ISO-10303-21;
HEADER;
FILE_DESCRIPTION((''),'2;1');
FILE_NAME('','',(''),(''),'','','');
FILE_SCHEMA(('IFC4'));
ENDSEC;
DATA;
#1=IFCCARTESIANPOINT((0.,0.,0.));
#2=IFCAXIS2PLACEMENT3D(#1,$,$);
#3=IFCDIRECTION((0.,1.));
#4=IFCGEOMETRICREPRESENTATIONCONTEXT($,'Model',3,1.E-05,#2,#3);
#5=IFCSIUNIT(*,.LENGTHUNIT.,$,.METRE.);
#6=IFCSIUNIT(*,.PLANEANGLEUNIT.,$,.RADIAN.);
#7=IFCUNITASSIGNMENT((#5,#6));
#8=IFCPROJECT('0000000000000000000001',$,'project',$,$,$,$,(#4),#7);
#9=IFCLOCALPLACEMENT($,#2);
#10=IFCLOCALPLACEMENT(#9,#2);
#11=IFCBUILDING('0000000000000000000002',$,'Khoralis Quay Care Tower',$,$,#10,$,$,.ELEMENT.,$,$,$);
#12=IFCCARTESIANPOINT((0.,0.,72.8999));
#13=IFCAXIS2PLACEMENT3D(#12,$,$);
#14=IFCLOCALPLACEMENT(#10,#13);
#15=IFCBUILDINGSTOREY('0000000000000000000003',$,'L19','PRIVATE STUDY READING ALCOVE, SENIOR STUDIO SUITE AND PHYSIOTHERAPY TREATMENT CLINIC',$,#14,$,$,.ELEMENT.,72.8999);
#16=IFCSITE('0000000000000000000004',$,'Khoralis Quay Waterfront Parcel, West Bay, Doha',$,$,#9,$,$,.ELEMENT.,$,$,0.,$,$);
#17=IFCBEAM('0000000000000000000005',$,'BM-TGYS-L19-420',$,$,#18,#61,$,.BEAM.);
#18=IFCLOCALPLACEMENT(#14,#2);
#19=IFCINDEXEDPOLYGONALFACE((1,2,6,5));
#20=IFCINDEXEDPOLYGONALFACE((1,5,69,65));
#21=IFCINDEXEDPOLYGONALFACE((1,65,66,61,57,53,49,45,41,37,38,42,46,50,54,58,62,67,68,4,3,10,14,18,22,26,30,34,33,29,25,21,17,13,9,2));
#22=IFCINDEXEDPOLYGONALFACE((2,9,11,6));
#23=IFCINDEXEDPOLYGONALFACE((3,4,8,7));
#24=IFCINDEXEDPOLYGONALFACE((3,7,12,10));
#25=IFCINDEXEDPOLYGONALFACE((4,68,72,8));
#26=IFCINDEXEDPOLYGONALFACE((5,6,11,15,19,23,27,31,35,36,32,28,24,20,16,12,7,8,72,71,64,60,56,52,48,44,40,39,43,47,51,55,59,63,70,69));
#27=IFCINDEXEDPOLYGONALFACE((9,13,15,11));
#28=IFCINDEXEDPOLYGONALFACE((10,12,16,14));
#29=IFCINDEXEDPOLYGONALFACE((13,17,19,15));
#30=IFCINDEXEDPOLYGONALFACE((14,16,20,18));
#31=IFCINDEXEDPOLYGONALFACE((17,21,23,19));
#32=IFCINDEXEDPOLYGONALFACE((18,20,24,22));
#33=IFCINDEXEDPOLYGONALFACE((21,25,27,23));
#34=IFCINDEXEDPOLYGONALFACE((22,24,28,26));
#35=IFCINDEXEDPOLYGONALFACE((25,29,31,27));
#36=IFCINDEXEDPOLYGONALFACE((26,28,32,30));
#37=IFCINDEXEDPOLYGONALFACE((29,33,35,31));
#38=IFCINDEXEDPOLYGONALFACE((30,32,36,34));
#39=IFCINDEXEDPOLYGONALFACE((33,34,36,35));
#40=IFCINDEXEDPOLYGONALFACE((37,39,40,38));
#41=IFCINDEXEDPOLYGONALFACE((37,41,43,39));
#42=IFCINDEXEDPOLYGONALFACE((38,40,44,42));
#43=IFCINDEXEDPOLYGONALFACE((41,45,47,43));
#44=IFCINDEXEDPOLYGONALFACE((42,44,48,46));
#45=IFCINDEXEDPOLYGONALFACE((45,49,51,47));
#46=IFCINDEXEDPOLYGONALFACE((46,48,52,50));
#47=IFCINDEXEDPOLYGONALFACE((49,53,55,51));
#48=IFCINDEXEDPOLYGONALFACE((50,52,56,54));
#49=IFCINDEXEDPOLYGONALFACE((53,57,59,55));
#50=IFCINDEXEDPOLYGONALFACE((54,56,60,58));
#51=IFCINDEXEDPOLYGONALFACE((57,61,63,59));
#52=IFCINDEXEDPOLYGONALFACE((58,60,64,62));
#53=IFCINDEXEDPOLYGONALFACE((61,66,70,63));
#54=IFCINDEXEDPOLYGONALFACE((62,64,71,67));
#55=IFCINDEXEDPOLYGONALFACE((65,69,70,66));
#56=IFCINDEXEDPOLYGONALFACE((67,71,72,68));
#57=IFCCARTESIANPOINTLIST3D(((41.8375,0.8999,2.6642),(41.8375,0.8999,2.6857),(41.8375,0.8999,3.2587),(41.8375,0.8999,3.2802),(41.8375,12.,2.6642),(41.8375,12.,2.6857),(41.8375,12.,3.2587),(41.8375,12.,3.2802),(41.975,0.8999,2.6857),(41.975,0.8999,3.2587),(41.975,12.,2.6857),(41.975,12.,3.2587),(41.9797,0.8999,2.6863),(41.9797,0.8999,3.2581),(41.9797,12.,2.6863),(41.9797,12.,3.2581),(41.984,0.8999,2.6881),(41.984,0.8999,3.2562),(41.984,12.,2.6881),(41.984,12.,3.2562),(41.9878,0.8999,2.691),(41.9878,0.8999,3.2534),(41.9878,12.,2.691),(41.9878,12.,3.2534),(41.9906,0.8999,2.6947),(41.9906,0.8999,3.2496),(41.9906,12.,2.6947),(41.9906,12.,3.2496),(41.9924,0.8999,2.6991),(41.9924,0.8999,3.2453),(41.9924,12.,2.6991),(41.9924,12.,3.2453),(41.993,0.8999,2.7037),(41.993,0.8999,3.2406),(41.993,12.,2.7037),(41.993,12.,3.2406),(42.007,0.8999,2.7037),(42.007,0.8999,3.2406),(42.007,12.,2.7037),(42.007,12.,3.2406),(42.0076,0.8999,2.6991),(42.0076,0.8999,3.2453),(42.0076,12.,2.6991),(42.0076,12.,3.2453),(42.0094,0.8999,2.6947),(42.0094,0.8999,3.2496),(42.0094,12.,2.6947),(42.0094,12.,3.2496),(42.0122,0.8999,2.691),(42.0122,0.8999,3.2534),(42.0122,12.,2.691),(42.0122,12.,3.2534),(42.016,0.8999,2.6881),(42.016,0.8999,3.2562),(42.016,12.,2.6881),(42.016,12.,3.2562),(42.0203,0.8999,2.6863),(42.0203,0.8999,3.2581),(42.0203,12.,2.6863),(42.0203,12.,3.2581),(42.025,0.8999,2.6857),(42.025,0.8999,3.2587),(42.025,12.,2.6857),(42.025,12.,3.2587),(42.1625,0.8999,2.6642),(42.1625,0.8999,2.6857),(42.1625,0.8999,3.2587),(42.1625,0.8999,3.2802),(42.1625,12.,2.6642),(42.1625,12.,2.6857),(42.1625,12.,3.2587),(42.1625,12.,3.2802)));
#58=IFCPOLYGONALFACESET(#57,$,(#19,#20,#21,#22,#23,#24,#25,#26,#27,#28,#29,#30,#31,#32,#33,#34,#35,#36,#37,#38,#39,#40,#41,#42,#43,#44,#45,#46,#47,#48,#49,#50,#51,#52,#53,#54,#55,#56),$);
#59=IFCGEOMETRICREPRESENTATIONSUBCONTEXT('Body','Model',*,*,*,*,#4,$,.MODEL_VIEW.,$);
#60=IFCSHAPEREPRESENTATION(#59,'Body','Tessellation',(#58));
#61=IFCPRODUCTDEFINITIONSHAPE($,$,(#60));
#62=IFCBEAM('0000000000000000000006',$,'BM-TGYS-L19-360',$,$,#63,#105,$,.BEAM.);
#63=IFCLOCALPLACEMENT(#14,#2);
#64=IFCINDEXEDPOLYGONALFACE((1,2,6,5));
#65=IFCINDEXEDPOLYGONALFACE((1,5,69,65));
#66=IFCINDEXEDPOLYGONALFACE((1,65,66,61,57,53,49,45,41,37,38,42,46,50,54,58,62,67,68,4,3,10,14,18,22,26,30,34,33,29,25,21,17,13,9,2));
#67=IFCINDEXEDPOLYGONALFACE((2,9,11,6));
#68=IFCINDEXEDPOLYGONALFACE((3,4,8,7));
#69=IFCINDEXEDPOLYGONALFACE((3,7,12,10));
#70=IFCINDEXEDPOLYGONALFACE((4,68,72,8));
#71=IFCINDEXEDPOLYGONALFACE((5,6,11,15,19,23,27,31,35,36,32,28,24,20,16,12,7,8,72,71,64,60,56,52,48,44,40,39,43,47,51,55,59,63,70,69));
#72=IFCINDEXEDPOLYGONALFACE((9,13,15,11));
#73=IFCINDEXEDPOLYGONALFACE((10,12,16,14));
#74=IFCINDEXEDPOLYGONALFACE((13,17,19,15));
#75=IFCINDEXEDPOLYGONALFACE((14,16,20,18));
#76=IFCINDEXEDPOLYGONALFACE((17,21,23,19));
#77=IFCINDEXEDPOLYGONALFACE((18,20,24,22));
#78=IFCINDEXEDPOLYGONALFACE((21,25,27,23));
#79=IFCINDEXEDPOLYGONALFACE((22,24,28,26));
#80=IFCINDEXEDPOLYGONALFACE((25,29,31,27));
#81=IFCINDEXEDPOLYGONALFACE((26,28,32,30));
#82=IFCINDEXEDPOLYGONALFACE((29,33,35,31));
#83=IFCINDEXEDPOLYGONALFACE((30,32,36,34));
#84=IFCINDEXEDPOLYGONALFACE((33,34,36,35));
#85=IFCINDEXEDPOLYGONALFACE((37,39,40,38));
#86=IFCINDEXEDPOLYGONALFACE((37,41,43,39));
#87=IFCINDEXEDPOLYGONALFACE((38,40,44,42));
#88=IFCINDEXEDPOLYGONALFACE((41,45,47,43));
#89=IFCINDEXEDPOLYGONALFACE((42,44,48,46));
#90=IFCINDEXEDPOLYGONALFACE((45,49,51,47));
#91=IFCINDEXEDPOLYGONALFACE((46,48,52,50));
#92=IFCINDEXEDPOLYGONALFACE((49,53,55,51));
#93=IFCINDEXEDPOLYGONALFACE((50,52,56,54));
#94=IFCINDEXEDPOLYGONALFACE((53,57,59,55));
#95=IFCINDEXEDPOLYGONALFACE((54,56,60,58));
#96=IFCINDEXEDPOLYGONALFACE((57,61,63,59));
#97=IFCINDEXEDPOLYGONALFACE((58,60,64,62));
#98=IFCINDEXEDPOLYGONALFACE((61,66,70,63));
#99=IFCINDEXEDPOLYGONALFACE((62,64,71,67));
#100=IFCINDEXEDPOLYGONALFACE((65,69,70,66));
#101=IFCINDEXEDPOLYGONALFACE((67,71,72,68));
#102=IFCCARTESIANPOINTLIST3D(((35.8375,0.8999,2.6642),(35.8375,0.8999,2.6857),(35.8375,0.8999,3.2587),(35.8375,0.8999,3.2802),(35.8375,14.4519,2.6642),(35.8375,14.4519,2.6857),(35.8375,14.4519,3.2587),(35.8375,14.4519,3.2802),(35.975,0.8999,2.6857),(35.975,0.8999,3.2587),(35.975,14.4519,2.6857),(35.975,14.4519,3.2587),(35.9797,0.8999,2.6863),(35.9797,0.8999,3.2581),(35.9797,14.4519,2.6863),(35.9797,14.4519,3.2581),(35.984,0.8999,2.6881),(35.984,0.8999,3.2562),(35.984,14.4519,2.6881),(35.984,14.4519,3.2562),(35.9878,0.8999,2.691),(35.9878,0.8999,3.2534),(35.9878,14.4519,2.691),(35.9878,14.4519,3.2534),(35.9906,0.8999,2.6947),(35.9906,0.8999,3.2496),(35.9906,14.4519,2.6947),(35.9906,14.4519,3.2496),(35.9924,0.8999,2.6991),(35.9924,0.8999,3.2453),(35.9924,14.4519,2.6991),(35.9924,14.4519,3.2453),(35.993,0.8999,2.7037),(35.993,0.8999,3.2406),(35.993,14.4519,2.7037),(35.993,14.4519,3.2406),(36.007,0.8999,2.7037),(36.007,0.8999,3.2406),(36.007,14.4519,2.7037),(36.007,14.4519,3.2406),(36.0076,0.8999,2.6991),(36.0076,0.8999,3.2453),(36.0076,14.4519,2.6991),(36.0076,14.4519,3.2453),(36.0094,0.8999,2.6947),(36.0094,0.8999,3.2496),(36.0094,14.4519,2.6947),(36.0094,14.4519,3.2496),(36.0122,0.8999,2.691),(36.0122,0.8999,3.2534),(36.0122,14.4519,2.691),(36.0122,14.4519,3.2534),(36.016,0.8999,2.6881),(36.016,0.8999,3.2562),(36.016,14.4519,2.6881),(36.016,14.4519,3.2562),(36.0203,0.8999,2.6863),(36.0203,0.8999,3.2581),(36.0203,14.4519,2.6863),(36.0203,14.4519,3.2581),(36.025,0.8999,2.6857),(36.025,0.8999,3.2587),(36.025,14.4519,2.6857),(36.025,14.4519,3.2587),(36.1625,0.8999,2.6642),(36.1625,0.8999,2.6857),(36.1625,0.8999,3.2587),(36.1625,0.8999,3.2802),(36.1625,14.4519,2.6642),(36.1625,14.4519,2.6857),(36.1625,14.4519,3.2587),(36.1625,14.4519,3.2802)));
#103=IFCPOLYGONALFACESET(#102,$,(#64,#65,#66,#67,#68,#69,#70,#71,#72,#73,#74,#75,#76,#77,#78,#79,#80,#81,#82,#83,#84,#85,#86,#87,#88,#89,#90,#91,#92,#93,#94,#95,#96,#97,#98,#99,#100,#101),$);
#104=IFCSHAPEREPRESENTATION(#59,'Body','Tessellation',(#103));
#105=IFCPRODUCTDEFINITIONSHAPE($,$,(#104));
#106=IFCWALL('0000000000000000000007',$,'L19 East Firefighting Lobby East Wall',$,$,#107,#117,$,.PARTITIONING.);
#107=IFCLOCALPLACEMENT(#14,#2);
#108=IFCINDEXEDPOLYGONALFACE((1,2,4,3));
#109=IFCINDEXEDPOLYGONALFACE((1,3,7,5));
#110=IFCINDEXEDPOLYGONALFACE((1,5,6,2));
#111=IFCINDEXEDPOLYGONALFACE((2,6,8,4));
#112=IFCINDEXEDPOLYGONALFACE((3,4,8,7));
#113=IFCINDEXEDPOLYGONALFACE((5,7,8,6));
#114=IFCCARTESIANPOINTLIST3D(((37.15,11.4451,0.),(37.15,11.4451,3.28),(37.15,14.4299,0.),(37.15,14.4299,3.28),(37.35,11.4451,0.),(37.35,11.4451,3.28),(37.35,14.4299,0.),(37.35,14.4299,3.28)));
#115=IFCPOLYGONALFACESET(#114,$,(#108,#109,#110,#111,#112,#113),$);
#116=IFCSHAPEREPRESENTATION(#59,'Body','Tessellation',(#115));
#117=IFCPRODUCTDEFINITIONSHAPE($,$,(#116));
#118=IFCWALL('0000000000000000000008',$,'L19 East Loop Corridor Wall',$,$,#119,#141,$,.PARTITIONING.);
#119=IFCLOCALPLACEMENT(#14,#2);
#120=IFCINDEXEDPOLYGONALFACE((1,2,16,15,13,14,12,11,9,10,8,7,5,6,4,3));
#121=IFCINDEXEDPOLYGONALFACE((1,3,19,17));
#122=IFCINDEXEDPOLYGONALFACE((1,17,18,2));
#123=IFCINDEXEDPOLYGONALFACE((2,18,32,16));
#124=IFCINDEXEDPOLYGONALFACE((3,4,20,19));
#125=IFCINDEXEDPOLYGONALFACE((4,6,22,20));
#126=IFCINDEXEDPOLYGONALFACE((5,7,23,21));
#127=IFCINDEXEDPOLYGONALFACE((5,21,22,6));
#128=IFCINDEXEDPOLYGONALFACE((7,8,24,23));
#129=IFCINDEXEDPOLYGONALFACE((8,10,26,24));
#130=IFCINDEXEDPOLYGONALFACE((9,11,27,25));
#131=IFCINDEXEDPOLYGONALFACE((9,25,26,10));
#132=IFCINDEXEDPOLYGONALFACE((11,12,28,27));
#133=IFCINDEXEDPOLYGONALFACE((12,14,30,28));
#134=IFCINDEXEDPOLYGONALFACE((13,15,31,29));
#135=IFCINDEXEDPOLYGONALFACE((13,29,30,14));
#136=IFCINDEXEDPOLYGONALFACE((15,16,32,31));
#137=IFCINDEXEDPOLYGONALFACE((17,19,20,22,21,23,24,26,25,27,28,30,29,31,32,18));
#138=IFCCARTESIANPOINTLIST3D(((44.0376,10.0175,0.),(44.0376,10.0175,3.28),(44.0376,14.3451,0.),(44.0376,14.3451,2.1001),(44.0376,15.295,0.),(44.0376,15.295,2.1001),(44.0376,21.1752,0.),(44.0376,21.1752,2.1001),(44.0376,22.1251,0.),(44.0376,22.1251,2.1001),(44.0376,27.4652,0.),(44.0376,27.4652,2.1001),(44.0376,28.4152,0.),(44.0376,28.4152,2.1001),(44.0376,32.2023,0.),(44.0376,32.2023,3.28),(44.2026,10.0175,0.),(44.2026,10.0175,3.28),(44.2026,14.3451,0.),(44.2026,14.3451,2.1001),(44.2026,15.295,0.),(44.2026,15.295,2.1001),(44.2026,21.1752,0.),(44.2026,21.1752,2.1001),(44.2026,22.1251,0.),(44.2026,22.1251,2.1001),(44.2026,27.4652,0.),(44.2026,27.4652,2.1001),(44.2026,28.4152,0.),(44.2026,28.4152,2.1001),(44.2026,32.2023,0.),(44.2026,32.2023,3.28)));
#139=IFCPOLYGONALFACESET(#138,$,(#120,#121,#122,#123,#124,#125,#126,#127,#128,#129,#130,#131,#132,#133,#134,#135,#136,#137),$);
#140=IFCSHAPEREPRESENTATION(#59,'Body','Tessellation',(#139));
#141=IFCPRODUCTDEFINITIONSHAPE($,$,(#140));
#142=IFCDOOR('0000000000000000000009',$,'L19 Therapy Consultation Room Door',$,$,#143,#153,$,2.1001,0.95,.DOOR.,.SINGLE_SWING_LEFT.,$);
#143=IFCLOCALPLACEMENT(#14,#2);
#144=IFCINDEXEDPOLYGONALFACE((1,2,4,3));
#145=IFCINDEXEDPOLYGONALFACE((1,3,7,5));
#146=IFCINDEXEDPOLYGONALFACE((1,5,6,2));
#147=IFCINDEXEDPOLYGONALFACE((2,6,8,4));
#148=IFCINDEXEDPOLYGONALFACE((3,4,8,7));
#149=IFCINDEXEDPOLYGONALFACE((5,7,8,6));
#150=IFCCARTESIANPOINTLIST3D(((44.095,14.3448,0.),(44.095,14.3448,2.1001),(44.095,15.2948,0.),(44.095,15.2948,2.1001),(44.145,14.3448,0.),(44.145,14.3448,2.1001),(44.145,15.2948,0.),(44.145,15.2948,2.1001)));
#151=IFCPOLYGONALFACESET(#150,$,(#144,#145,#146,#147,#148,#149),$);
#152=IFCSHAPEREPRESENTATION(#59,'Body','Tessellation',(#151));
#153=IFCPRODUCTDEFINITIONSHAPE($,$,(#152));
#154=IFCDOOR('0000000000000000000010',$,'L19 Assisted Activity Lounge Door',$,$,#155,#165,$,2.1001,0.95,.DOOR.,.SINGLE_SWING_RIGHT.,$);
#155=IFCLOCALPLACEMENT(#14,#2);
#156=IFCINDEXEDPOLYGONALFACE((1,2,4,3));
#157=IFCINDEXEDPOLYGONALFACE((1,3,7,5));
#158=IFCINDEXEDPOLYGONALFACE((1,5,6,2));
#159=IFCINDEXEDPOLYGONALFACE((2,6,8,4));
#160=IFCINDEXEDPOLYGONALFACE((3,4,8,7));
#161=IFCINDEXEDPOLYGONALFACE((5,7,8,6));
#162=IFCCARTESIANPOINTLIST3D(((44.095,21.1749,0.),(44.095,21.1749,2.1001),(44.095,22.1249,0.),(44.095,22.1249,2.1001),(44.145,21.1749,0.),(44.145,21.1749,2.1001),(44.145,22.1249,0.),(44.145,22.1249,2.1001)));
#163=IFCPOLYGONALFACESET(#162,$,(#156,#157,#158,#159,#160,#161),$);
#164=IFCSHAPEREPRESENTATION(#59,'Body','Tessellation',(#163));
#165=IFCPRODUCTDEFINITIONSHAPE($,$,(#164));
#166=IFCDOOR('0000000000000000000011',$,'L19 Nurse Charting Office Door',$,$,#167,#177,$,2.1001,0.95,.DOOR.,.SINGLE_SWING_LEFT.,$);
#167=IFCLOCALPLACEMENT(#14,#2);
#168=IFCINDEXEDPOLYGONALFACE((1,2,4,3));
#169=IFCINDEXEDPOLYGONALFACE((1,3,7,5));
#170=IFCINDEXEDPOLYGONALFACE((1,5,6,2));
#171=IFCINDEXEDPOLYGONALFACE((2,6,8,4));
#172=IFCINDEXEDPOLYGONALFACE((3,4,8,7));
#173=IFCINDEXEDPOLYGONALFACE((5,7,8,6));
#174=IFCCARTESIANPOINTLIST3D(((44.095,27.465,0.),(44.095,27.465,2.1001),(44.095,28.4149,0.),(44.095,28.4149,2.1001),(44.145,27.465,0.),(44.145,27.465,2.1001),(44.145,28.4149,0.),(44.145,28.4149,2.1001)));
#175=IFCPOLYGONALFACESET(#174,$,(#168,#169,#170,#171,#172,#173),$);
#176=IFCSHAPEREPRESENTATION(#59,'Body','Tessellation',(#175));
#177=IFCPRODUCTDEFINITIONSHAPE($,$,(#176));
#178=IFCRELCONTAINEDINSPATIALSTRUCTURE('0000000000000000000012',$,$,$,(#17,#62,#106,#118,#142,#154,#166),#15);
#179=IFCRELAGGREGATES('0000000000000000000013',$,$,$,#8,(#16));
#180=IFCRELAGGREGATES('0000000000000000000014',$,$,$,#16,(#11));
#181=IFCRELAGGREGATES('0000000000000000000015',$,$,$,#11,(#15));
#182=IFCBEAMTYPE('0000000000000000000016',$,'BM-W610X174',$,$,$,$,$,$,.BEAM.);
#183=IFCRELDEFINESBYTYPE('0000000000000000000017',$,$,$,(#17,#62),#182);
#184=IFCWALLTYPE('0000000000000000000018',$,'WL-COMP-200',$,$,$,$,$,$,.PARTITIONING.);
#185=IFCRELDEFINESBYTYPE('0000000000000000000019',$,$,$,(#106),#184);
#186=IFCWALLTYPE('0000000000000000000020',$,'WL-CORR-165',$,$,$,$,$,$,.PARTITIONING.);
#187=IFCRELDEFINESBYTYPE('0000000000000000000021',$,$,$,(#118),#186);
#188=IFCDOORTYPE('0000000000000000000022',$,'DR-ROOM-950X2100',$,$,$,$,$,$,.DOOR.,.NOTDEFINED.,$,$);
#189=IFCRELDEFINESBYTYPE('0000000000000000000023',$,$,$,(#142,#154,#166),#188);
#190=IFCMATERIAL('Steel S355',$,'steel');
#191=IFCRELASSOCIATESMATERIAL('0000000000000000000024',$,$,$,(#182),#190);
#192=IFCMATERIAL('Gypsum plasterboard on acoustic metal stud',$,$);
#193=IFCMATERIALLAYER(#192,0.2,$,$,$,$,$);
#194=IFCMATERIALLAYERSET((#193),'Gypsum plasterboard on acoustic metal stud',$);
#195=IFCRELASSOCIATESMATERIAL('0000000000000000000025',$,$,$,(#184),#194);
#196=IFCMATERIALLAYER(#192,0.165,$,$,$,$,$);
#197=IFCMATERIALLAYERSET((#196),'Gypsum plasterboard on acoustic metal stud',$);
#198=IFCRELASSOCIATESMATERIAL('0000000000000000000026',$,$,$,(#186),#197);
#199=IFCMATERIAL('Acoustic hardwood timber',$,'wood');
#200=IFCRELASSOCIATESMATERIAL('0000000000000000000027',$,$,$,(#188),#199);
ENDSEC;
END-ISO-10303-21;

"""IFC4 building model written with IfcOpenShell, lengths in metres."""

from ifc_helpers import new_model, si_unit, direction, frame, frame_2d, origin, origin_2d, place, context, subcontext, project, spatial, rectangle, i_section, extrude, source, transform, mapped, material, layer, layer_set, material_profile, profile_set, type_object, element, fill, save


model = new_model("IFC4")

# Units and contexts
model_context = context("Model", 3, precision=1e-05, world=origin(), true_north=direction((0.0, 1.0)))
body_context = subcontext(model_context, "Body", "Model", "MODEL_VIEW")
ifc_project = project(units=[si_unit("LENGTHUNIT", "METRE"), si_unit("PLANEANGLEUNIT", "RADIAN")], contexts=[model_context])

# Site, building, storey
site_placement = place(None, origin())
site = spatial("IfcSite", under=ifc_project, at=site_placement, Name="Khoralis Quay Waterfront Parcel, West Bay, Doha", CompositionType="ELEMENT", RefElevation=0.0)
building_placement = place(site_placement, origin())
building = spatial("IfcBuilding", under=site, at=building_placement, Name="Khoralis Quay Care Tower", CompositionType="ELEMENT")
storey_placement = place(building_placement, frame((0.0, 0.0, 72.8999)))
storey = spatial("IfcBuildingStorey", under=building, at=storey_placement, Name="L19", Description="PRIVATE STUDY READING ALCOVE, SENIOR STUDIO SUITE AND PHYSIOTHERAPY TREATMENT CLINIC", CompositionType="ELEMENT", Elevation=72.8999)

# Beams
ifc_material_1 = material(Name="Steel S355", Category="steel")
ifc_material_profile_1 = material_profile(ifc_material_1, i_section(OverallWidth=0.325, OverallDepth=0.616, WebThickness=0.0139, FlangeThickness=0.0215, FilletRadius=0.0181, at=origin_2d()), Name="Steel S355")
ifc_profile_set_1 = profile_set([ifc_material_profile_1], Name="Steel S355")
beam_type_1 = type_object("IfcBeamType", Name="BM-W610X174", PredefinedType="BEAM", material=ifc_profile_set_1)
shared_shape_1 = source(origin(), body_context, "Body", "SweptSolid", [
    extrude(i_section(OverallWidth=0.325, OverallDepth=0.616, WebThickness=0.0139, FlangeThickness=0.0215, FilletRadius=0.0181, at=origin_2d()), origin(), (0.0, 0.0, 1.0), 11.1001),
])
beam_1_placement = place(storey_placement, frame((42.0, 0.8999, 2.9722), z_axis=(0.0, 1.0, 0.0), x_axis=(-1.0, 0.0, 0.0)))
element("IfcBeam", 1, at=beam_1_placement, inside=storey, type_object=beam_type_1, Name="BM-TGYS-L19-420", PredefinedType="BEAM", context=body_context, shape_type="MappedRepresentation", body=[
    mapped(shared_shape_1, transform((0.0, 0.0, 0.0), scale=1.0)),
])
shared_shape_2 = source(origin(), body_context, "Body", "SweptSolid", [
    extrude(i_section(OverallWidth=0.325, OverallDepth=0.616, WebThickness=0.0139, FlangeThickness=0.0215, FilletRadius=0.0181, at=origin_2d()), origin(), (0.0, 0.0, 1.0), 13.552),
])
beam_2_placement = place(storey_placement, frame((36.0, 0.8999, 2.9722), z_axis=(0.0, 1.0, 0.0), x_axis=(-1.0, 0.0, 0.0)))
element("IfcBeam", 2, at=beam_2_placement, inside=storey, type_object=beam_type_1, Name="BM-TGYS-L19-360", PredefinedType="BEAM", context=body_context, shape_type="MappedRepresentation", body=[
    mapped(shared_shape_2, transform((0.0, 0.0, 0.0), scale=1.0)),
])

# Wall
ifc_material_2 = material(Name="Gypsum plasterboard on acoustic metal stud")
ifc_layer_1 = layer(ifc_material_2, 0.2)
ifc_layer_set_1 = layer_set([ifc_layer_1], Name="Gypsum plasterboard on acoustic metal stud")
wall_type_1 = type_object("IfcWallType", Name="WL-COMP-200", PredefinedType="PARTITIONING", material=ifc_layer_set_1)
wall_1_placement = place(storey_placement, frame((37.25, 11.4451, 0.0), z_axis=(0.0, 0.0, 1.0), x_axis=(0.0, 1.0, 0.0)))
element("IfcWall", 3, at=wall_1_placement, inside=storey, type_object=wall_type_1, Name="L19 East Firefighting Lobby East Wall", PredefinedType="PARTITIONING", context=body_context, shape_type="SweptSolid", body=[
    extrude(rectangle(XDim=2.9849, YDim=0.2, at=frame_2d((1.4924, 0.0))), origin(), (0.0, 0.0, 1.0), 3.28),
])

# Wall, openings, doors
ifc_layer_2 = layer(ifc_material_2, 0.165)
ifc_layer_set_2 = layer_set([ifc_layer_2], Name="Gypsum plasterboard on acoustic metal stud")
wall_type_2 = type_object("IfcWallType", Name="WL-CORR-165", PredefinedType="PARTITIONING", material=ifc_layer_set_2)
wall_2_placement = place(storey_placement, frame((44.1201, 10.0176, 0.0), z_axis=(0.0, 0.0, 1.0), x_axis=(0.0, 1.0, 0.0)))
wall_2 = element("IfcWall", 4, at=wall_2_placement, inside=storey, type_object=wall_type_2, Name="L19 East Loop Corridor Wall", PredefinedType="PARTITIONING", context=body_context, shape_type="SweptSolid", body=[
    extrude(rectangle(XDim=22.1848, YDim=0.165, at=frame_2d((11.0923, 0.0))), origin(), (0.0, 0.0, 1.0), 3.28),
])
opening_1_placement = place(wall_2_placement, frame((4.3274, 0.0, 0.0)))
opening_1 = element("IfcOpeningElement", 5, at=opening_1_placement, cuts=wall_2, PredefinedType="OPENING", context=body_context, shape_type="SweptSolid", body=[
    extrude(rectangle(XDim=0.95, YDim=2.1001, at=frame_2d((0.4751, 1.05))), frame((0.0, 0.0925, 0.0), z_axis=(0.0, -1.0, 0.0), x_axis=(1.0, 0.0, 0.0)), (0.0, 0.0, 1.0), 0.1851),
])
opening_2_placement = place(wall_2_placement, frame((11.1575, 0.0, 0.0)))
opening_2 = element("IfcOpeningElement", 6, at=opening_2_placement, cuts=wall_2, PredefinedType="OPENING", context=body_context, shape_type="SweptSolid", body=[
    extrude(rectangle(XDim=0.95, YDim=2.1001, at=frame_2d((0.4751, 1.05))), frame((0.0, 0.0925, 0.0), z_axis=(0.0, -1.0, 0.0), x_axis=(1.0, 0.0, 0.0)), (0.0, 0.0, 1.0), 0.1851),
])
opening_3_placement = place(wall_2_placement, frame((17.4475, 0.0, 0.0)))
opening_3 = element("IfcOpeningElement", 7, at=opening_3_placement, cuts=wall_2, PredefinedType="OPENING", context=body_context, shape_type="SweptSolid", body=[
    extrude(rectangle(XDim=0.95, YDim=2.1001, at=frame_2d((0.4751, 1.05))), frame((0.0, 0.0925, 0.0), z_axis=(0.0, -1.0, 0.0), x_axis=(1.0, 0.0, 0.0)), (0.0, 0.0, 1.0), 0.1851),
])
ifc_material_3 = material(Name="Acoustic hardwood timber", Category="wood")
door_type_1 = type_object("IfcDoorType", Name="DR-ROOM-950X2100", OperationType="NOTDEFINED", PredefinedType="DOOR", material=ifc_material_3)
shared_shape_3 = source(origin(), body_context, "Body", "SweptSolid", [
    extrude(rectangle(XDim=0.95, YDim=2.1001, at=frame_2d((0.4751, 1.05))), frame((0.0, 0.0249, 0.0), z_axis=(0.0, -1.0, 0.0), x_axis=(1.0, 0.0, 0.0)), (0.0, 0.0, 1.0), 0.05),
])
door_1_placement = place(opening_1_placement, frame((0.95, 0.0, 0.0), z_axis=(0.0, 0.0, 1.0), x_axis=(-1.0, 0.0, 0.0)))
door_1 = element("IfcDoor", 8, at=door_1_placement, inside=storey, type_object=door_type_1, Name="L19 Therapy Consultation Room Door", OperationType="SINGLE_SWING_LEFT", OverallHeight=2.1001, OverallWidth=0.95, PredefinedType="DOOR", context=body_context, shape_type="MappedRepresentation", body=[
    mapped(shared_shape_3, transform((0.0, 0.0, 0.0), scale=1.0)),
])
fill(opening_1, door_1)
door_2_placement = place(opening_2_placement, frame((0.95, 0.0, 0.0), z_axis=(0.0, 0.0, 1.0), x_axis=(-1.0, 0.0, 0.0)))
door_2 = element("IfcDoor", 9, at=door_2_placement, inside=storey, type_object=door_type_1, Name="L19 Assisted Activity Lounge Door", OperationType="SINGLE_SWING_RIGHT", OverallHeight=2.1001, OverallWidth=0.95, PredefinedType="DOOR", context=body_context, shape_type="MappedRepresentation", body=[
    mapped(shared_shape_3, transform((0.0, 0.0, 0.0), scale=1.0)),
])
fill(opening_2, door_2)
door_3_placement = place(opening_3_placement, frame((0.95, 0.0, 0.0), z_axis=(0.0, 0.0, 1.0), x_axis=(-1.0, 0.0, 0.0)))
door_3 = element("IfcDoor", 10, at=door_3_placement, inside=storey, type_object=door_type_1, Name="L19 Nurse Charting Office Door", OperationType="SINGLE_SWING_LEFT", OverallHeight=2.1001, OverallWidth=0.95, PredefinedType="DOOR", context=body_context, shape_type="MappedRepresentation", body=[
    mapped(shared_shape_3, transform((0.0, 0.0, 0.0), scale=1.0)),
])
fill(opening_3, door_3)

save(model, "model.ifc")
